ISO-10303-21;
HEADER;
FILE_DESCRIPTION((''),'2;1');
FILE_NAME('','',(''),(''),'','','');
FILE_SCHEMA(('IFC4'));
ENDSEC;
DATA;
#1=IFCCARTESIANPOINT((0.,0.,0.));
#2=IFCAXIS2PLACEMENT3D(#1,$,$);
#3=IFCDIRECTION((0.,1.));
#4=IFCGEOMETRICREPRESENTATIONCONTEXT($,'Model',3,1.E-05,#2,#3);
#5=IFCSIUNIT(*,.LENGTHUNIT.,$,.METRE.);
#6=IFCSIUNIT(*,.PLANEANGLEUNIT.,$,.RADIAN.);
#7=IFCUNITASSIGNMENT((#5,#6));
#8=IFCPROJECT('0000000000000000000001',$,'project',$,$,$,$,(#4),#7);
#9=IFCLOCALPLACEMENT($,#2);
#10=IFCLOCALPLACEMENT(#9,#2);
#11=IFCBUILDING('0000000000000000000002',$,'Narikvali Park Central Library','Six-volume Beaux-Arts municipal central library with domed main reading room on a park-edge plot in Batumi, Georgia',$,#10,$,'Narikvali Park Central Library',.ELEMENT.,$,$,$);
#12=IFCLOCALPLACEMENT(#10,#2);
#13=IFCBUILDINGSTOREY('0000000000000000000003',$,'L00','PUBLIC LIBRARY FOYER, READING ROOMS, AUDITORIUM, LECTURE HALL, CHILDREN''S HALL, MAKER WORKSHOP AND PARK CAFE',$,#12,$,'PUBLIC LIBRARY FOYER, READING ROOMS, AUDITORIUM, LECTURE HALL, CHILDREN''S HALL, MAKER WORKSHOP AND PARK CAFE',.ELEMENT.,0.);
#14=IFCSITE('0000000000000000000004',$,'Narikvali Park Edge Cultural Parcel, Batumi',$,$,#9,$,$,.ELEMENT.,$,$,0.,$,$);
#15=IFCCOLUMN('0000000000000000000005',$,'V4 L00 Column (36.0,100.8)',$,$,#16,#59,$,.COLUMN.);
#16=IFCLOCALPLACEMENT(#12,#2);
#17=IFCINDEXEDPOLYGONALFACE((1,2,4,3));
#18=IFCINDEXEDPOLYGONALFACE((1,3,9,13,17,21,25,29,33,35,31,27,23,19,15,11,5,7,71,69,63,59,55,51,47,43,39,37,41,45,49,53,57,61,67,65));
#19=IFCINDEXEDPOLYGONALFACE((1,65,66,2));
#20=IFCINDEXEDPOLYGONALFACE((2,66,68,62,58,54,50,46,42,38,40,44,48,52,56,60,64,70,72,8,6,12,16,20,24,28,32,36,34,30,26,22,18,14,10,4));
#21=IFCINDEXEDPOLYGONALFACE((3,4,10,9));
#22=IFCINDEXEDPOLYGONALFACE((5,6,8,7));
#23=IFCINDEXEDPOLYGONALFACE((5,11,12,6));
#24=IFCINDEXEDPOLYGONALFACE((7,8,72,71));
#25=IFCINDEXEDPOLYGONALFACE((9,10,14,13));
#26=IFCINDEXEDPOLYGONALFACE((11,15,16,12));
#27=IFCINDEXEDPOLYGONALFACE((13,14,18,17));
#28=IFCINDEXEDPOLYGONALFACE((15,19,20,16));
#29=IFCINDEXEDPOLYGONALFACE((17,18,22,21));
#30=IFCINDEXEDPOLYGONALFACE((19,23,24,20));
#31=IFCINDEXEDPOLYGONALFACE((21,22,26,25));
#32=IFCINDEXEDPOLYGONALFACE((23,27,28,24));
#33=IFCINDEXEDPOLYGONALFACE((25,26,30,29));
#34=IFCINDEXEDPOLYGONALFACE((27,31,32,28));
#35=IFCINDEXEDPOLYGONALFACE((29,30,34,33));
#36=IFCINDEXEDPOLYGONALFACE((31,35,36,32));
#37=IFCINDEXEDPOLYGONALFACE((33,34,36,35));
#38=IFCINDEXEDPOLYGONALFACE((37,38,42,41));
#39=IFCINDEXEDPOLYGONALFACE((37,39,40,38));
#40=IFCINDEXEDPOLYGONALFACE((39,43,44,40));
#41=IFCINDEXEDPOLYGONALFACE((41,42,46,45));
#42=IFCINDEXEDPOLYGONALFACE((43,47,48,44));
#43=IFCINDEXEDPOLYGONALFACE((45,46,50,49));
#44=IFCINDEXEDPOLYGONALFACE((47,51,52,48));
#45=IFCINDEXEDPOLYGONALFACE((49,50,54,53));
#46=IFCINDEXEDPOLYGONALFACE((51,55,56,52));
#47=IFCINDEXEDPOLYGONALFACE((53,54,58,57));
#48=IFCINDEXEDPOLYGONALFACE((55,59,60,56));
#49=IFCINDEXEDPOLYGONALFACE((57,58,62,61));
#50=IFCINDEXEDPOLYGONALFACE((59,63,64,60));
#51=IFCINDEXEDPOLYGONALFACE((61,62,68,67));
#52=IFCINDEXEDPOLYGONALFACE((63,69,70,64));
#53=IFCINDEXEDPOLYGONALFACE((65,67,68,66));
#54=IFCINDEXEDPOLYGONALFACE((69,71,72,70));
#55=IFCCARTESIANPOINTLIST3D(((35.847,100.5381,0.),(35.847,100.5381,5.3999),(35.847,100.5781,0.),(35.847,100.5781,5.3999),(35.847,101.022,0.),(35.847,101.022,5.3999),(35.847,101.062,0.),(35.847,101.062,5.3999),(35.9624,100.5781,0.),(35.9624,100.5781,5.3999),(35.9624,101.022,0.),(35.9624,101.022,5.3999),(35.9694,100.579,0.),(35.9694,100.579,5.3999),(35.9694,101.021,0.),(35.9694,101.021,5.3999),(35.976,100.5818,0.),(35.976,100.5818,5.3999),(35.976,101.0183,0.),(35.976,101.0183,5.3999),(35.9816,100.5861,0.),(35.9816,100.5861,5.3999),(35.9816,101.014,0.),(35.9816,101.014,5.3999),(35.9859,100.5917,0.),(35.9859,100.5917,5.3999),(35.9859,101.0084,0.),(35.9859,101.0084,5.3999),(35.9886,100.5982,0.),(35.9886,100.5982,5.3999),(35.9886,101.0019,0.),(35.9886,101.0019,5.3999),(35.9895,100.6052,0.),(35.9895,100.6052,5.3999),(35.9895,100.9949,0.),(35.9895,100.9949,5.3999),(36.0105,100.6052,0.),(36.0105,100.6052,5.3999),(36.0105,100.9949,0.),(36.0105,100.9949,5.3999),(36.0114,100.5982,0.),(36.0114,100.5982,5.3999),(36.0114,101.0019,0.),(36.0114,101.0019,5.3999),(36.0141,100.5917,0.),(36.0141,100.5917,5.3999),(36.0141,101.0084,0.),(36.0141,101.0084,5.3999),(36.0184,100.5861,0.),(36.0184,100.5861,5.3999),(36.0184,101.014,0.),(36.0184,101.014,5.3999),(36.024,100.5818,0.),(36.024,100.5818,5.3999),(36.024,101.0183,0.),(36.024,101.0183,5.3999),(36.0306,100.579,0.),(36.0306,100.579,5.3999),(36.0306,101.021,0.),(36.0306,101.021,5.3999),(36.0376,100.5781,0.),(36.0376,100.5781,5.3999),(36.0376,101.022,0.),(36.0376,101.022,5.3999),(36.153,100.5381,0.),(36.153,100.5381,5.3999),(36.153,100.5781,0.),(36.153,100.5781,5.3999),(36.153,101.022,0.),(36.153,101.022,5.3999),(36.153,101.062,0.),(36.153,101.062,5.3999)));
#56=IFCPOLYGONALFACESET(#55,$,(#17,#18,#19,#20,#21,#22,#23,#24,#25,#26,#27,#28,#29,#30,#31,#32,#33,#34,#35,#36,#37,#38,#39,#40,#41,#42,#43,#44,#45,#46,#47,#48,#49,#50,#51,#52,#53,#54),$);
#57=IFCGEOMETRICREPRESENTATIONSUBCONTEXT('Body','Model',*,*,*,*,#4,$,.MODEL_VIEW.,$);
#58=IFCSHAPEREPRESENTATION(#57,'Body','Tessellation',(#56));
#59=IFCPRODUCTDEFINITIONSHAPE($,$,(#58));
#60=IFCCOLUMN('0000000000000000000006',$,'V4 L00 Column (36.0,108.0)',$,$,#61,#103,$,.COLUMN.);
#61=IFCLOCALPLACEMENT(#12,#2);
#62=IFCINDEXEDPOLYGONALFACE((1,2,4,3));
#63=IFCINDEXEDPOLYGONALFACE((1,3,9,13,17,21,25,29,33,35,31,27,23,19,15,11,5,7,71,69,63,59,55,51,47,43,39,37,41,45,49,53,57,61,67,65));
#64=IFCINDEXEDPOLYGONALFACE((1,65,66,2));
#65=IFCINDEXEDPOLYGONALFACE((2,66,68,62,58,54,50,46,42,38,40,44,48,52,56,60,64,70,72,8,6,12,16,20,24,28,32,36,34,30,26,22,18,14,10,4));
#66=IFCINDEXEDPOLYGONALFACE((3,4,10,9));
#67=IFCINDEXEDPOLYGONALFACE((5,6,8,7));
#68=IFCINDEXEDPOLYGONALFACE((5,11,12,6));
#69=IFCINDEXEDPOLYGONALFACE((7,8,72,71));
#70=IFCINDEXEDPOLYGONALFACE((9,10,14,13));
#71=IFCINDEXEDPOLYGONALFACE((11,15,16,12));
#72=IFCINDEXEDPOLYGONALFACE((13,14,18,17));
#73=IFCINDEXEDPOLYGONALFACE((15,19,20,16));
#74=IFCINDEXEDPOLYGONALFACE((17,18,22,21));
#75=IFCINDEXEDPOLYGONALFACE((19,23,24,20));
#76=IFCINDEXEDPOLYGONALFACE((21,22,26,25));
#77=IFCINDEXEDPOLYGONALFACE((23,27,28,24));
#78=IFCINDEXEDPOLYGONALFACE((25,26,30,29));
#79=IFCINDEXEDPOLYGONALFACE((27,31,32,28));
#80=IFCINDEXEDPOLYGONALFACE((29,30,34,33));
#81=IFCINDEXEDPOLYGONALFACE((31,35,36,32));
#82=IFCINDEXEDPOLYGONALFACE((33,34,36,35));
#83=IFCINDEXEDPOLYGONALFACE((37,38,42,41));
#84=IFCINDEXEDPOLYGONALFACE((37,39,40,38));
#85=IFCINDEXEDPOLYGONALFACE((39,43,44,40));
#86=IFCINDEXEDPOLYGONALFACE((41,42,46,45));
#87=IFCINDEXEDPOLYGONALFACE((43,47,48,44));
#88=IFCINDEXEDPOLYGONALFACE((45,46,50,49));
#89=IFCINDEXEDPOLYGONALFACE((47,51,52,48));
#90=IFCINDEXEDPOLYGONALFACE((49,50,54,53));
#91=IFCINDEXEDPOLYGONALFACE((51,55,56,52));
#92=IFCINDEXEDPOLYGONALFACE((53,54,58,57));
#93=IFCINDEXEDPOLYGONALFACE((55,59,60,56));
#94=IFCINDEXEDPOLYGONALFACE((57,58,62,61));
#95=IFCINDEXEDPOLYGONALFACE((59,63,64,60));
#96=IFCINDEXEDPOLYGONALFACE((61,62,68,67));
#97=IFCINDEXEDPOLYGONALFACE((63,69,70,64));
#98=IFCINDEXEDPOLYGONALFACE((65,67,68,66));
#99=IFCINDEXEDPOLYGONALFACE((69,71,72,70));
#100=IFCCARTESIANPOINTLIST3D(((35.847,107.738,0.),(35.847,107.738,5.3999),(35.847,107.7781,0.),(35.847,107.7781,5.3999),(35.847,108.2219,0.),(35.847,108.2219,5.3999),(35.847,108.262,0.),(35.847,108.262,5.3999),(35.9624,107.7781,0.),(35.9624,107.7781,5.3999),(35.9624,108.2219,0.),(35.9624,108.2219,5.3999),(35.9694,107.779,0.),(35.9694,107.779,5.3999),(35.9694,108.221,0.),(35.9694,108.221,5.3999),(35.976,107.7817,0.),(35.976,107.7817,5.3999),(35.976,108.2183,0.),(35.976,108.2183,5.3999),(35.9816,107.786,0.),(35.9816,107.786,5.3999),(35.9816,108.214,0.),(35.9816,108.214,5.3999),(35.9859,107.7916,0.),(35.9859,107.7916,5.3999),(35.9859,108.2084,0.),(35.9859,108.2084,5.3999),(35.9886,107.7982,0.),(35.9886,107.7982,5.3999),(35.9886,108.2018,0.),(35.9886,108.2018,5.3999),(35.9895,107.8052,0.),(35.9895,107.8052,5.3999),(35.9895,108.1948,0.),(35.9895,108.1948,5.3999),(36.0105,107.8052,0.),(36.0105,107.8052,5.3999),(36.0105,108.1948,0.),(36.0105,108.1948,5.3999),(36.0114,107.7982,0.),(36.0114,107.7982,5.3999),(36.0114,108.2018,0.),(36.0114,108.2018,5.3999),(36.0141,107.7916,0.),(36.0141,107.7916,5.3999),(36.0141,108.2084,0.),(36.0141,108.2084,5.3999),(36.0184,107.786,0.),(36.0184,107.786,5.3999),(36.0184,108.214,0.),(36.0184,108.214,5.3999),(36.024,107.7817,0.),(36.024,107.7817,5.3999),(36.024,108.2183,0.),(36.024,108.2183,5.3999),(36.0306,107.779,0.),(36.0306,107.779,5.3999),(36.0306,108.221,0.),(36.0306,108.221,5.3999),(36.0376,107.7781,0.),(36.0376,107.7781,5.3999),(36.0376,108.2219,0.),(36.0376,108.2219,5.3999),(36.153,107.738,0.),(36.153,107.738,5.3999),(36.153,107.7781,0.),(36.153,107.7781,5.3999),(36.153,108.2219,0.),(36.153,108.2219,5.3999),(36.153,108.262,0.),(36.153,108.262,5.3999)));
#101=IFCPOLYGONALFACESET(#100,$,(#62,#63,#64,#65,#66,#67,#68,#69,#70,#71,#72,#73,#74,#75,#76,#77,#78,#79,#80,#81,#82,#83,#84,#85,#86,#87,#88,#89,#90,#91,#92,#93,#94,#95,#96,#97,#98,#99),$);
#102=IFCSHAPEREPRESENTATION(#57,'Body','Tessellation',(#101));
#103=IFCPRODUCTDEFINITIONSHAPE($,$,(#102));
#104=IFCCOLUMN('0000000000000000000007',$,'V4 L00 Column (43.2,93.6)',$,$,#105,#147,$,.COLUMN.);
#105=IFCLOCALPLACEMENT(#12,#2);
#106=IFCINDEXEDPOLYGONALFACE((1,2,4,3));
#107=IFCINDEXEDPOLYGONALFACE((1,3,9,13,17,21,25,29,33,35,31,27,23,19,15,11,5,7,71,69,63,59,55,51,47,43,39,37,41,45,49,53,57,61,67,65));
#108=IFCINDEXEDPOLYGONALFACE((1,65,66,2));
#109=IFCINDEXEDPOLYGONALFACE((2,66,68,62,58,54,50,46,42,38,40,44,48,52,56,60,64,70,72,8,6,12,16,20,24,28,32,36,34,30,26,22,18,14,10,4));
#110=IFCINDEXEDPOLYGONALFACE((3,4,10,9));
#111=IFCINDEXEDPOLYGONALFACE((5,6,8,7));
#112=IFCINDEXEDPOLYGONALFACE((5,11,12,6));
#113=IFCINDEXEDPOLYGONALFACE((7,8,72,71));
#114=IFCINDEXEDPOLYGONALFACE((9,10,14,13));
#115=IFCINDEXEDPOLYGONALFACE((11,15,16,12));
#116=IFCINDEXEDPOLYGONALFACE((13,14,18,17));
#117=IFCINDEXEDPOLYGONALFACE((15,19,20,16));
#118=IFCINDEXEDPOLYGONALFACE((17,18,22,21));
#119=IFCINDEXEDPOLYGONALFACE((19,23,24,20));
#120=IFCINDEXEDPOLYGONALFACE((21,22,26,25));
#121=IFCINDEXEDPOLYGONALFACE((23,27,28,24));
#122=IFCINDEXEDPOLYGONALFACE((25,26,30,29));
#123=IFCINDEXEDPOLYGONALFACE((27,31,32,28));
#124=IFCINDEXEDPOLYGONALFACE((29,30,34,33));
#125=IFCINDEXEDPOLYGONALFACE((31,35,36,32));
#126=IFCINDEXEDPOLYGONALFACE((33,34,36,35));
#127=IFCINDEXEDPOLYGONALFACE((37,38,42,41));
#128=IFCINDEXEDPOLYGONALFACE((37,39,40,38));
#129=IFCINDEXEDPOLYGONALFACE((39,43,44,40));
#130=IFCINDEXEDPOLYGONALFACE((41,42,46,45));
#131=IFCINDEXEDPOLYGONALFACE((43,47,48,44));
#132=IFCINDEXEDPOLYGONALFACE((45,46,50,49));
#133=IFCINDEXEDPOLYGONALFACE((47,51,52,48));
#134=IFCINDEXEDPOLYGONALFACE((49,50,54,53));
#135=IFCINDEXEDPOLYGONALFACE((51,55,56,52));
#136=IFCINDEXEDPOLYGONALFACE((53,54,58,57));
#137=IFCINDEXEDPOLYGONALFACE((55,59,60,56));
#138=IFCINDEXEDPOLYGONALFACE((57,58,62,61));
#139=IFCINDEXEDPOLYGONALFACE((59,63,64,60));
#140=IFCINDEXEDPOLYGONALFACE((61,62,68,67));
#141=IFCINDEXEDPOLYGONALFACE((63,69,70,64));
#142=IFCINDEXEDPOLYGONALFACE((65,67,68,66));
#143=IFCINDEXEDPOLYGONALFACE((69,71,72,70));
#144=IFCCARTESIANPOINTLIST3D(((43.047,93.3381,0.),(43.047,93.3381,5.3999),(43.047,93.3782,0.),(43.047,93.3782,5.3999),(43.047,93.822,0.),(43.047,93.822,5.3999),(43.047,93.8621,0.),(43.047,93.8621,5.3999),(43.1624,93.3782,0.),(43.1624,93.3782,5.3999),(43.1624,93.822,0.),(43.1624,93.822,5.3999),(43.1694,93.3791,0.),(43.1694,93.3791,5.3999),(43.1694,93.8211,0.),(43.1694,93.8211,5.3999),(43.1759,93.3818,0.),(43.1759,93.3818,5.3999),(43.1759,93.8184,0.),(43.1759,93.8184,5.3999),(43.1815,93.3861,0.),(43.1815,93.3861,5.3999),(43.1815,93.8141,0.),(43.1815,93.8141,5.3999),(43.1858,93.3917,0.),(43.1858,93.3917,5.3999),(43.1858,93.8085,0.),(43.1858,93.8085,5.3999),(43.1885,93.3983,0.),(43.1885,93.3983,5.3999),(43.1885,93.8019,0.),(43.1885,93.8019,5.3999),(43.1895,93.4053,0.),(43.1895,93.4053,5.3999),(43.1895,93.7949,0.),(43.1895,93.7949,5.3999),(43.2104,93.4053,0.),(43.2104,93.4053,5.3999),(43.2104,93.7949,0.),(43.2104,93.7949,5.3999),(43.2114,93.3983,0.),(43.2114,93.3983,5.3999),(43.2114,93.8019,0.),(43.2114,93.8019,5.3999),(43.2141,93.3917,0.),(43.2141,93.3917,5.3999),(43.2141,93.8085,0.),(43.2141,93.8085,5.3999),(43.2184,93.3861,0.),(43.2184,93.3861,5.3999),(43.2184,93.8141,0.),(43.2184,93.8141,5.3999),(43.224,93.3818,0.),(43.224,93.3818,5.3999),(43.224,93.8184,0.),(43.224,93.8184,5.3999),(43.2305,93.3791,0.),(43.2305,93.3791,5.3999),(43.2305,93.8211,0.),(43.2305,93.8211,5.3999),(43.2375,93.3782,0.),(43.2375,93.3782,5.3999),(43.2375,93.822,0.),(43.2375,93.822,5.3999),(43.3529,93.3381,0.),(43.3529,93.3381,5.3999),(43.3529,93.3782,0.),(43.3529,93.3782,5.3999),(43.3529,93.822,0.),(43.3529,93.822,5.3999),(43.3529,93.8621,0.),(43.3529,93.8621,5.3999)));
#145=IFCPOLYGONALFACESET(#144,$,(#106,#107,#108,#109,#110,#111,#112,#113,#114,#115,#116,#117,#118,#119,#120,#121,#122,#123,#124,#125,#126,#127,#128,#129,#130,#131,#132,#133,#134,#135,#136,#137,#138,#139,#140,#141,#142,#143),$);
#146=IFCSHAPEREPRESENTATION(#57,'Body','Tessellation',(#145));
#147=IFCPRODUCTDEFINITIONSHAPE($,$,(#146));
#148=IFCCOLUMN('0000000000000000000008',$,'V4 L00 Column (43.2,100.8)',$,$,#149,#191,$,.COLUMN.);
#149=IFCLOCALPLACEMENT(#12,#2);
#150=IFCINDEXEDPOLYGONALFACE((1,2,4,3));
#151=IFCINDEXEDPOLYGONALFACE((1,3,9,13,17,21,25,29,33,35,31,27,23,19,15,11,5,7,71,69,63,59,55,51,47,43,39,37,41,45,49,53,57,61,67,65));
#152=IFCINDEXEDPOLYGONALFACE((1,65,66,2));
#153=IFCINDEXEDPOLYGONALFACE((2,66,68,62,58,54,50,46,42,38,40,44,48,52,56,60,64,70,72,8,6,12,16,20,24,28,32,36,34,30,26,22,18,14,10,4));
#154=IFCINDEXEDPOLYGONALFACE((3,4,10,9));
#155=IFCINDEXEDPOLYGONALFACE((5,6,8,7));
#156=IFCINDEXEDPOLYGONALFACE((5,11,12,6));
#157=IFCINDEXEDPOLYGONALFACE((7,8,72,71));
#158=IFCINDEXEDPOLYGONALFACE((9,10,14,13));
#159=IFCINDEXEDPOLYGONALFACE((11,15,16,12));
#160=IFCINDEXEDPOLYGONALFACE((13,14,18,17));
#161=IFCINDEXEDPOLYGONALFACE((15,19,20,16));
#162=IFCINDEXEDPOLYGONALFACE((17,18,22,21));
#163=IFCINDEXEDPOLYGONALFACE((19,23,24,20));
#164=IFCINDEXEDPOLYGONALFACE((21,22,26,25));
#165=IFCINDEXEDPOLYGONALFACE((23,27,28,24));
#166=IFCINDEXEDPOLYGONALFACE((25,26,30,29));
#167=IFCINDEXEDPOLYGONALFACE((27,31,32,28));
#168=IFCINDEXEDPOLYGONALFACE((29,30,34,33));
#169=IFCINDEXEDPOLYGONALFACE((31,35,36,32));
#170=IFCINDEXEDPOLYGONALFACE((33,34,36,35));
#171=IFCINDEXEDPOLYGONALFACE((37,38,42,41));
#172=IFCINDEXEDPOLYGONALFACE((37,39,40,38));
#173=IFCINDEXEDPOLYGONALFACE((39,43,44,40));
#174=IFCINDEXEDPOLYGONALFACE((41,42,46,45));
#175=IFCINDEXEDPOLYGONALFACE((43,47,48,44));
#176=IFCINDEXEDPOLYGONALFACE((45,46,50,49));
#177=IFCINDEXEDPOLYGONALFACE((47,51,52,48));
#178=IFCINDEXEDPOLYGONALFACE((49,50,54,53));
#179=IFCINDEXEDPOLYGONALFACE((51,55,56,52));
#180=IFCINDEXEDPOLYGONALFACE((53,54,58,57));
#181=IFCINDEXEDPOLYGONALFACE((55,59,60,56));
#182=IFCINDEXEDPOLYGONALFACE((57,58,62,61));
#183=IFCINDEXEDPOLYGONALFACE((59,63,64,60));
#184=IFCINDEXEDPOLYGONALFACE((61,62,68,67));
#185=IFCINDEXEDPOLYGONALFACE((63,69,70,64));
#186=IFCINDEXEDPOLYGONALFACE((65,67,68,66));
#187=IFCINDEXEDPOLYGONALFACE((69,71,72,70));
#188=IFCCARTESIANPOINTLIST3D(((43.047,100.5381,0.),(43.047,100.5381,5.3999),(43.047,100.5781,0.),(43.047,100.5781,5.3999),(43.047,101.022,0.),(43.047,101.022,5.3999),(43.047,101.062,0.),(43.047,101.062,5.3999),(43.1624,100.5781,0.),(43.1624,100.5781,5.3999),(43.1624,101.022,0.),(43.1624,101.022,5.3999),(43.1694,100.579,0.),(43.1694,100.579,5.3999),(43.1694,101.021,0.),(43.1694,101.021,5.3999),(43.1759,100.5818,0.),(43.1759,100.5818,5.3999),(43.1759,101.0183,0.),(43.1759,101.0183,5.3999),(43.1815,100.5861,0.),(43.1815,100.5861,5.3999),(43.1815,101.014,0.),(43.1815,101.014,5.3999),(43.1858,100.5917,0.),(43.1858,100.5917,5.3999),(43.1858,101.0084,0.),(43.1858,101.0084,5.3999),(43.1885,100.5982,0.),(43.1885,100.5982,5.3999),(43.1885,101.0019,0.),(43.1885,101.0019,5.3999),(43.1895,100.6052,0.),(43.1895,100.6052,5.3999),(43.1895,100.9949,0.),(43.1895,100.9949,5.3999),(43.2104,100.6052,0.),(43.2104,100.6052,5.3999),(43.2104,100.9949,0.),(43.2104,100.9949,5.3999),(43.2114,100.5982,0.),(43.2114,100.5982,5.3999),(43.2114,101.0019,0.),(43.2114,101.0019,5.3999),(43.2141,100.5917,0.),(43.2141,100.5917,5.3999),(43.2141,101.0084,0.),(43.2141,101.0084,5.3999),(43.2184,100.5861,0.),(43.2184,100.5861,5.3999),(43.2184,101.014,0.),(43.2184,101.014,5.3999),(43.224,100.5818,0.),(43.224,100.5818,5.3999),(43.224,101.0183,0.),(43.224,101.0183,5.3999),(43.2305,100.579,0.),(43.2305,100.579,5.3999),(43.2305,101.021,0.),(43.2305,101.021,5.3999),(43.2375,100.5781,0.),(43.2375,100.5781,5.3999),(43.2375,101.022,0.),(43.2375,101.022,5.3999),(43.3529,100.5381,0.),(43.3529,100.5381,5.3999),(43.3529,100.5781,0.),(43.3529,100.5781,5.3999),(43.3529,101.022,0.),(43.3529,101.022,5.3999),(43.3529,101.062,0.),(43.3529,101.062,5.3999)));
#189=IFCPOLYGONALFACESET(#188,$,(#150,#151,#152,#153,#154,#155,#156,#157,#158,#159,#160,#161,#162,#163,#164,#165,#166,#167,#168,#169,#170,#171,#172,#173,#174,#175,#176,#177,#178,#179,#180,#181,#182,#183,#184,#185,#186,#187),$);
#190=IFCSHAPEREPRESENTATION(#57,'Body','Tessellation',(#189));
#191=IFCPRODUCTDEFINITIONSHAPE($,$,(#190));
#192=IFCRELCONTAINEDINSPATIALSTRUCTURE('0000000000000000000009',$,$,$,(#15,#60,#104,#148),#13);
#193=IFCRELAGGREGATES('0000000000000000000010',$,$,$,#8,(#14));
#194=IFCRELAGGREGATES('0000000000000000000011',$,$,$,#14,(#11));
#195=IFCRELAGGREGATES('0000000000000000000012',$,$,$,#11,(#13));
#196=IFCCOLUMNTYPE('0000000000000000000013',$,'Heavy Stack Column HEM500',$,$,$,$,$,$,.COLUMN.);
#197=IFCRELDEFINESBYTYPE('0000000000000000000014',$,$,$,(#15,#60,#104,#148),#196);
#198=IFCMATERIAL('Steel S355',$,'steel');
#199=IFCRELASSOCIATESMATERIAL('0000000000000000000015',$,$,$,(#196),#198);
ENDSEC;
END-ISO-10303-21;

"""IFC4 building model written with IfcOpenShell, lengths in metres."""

from ifc_helpers import new_model, si_unit, direction, frame, origin, origin_2d, place, context, subcontext, project, spatial, i_section, extrude, material, material_profile, profile_set, type_object, element, save


model = new_model("IFC4")

# Units and contexts
model_context = context("Model", 3, precision=1e-05, world=origin(), true_north=direction((0.0, 1.0)))
body_context = subcontext(model_context, "Body", "Model", "MODEL_VIEW")
ifc_project = project(units=[si_unit("LENGTHUNIT", "METRE"), si_unit("PLANEANGLEUNIT", "RADIAN")], contexts=[model_context])

# Site, building, storey
site_placement = place(None, origin())
site = spatial("IfcSite", under=ifc_project, at=site_placement, Name="Narikvali Park Edge Cultural Parcel, Batumi", CompositionType="ELEMENT", RefElevation=0.0)
building_placement = place(site_placement, origin())
building = spatial("IfcBuilding", under=site, at=building_placement, Name="Narikvali Park Central Library", Description="Six-volume Beaux-Arts municipal central library with domed main reading room on a park-edge plot in Batumi, Georgia", LongName="Narikvali Park Central Library", CompositionType="ELEMENT")
storey_placement = place(building_placement, origin())
storey = spatial("IfcBuildingStorey", under=building, at=storey_placement, Name="L00", Description="PUBLIC LIBRARY FOYER, READING ROOMS, AUDITORIUM, LECTURE HALL, CHILDREN'S HALL, MAKER WORKSHOP AND PARK CAFE", LongName="PUBLIC LIBRARY FOYER, READING ROOMS, AUDITORIUM, LECTURE HALL, CHILDREN'S HALL, MAKER WORKSHOP AND PARK CAFE", CompositionType="ELEMENT", Elevation=0.0)

# Columns
ifc_material = material(Name="Steel S355", Category="steel")
ifc_material_profile_1 = material_profile(ifc_material, i_section(OverallWidth=0.3059, OverallDepth=0.5239, WebThickness=0.021, FlangeThickness=0.04, FilletRadius=0.0271, at=origin_2d()), Name="HEM 500")
ifc_profile_set_1 = profile_set([ifc_material_profile_1], Name="Steel S355")
column_type = type_object("IfcColumnType", Name="Heavy Stack Column HEM500", PredefinedType="COLUMN", material=ifc_profile_set_1)
for number, where, z_axis, x_axis, name in (
    (1, (36.0, 100.8, 0.0), (0.0, 0.0, 1.0), (1.0, 0.0, 0.0), "V4 L00 Column (36.0,100.8)"),
    (2, (36.0, 108.0, 0.0), (0.0, 0.0, 1.0), (1.0, 0.0, 0.0), "V4 L00 Column (36.0,108.0)"),
    (3, (43.2, 93.6001, 0.0), (0.0, 0.0, 1.0), (1.0, 0.0, 0.0), "V4 L00 Column (43.2,93.6)"),
    (4, (43.2, 100.8, 0.0), (0.0, 0.0, 1.0), (1.0, 0.0, 0.0), "V4 L00 Column (43.2,100.8)"),
):
    element("IfcColumn", number, at=place(storey_placement, frame(where, z_axis=z_axis, x_axis=x_axis)), inside=storey, type_object=column_type, Name=name, PredefinedType="COLUMN", context=body_context, shape_type="SweptSolid", body=[
        extrude(i_section(OverallWidth=0.3059, OverallDepth=0.5239, WebThickness=0.021, FlangeThickness=0.04, FilletRadius=0.0271, at=origin_2d()), origin(), (0.0, 0.0, 1.0), 5.3999),
    ])

save(model, "model.ifc")
